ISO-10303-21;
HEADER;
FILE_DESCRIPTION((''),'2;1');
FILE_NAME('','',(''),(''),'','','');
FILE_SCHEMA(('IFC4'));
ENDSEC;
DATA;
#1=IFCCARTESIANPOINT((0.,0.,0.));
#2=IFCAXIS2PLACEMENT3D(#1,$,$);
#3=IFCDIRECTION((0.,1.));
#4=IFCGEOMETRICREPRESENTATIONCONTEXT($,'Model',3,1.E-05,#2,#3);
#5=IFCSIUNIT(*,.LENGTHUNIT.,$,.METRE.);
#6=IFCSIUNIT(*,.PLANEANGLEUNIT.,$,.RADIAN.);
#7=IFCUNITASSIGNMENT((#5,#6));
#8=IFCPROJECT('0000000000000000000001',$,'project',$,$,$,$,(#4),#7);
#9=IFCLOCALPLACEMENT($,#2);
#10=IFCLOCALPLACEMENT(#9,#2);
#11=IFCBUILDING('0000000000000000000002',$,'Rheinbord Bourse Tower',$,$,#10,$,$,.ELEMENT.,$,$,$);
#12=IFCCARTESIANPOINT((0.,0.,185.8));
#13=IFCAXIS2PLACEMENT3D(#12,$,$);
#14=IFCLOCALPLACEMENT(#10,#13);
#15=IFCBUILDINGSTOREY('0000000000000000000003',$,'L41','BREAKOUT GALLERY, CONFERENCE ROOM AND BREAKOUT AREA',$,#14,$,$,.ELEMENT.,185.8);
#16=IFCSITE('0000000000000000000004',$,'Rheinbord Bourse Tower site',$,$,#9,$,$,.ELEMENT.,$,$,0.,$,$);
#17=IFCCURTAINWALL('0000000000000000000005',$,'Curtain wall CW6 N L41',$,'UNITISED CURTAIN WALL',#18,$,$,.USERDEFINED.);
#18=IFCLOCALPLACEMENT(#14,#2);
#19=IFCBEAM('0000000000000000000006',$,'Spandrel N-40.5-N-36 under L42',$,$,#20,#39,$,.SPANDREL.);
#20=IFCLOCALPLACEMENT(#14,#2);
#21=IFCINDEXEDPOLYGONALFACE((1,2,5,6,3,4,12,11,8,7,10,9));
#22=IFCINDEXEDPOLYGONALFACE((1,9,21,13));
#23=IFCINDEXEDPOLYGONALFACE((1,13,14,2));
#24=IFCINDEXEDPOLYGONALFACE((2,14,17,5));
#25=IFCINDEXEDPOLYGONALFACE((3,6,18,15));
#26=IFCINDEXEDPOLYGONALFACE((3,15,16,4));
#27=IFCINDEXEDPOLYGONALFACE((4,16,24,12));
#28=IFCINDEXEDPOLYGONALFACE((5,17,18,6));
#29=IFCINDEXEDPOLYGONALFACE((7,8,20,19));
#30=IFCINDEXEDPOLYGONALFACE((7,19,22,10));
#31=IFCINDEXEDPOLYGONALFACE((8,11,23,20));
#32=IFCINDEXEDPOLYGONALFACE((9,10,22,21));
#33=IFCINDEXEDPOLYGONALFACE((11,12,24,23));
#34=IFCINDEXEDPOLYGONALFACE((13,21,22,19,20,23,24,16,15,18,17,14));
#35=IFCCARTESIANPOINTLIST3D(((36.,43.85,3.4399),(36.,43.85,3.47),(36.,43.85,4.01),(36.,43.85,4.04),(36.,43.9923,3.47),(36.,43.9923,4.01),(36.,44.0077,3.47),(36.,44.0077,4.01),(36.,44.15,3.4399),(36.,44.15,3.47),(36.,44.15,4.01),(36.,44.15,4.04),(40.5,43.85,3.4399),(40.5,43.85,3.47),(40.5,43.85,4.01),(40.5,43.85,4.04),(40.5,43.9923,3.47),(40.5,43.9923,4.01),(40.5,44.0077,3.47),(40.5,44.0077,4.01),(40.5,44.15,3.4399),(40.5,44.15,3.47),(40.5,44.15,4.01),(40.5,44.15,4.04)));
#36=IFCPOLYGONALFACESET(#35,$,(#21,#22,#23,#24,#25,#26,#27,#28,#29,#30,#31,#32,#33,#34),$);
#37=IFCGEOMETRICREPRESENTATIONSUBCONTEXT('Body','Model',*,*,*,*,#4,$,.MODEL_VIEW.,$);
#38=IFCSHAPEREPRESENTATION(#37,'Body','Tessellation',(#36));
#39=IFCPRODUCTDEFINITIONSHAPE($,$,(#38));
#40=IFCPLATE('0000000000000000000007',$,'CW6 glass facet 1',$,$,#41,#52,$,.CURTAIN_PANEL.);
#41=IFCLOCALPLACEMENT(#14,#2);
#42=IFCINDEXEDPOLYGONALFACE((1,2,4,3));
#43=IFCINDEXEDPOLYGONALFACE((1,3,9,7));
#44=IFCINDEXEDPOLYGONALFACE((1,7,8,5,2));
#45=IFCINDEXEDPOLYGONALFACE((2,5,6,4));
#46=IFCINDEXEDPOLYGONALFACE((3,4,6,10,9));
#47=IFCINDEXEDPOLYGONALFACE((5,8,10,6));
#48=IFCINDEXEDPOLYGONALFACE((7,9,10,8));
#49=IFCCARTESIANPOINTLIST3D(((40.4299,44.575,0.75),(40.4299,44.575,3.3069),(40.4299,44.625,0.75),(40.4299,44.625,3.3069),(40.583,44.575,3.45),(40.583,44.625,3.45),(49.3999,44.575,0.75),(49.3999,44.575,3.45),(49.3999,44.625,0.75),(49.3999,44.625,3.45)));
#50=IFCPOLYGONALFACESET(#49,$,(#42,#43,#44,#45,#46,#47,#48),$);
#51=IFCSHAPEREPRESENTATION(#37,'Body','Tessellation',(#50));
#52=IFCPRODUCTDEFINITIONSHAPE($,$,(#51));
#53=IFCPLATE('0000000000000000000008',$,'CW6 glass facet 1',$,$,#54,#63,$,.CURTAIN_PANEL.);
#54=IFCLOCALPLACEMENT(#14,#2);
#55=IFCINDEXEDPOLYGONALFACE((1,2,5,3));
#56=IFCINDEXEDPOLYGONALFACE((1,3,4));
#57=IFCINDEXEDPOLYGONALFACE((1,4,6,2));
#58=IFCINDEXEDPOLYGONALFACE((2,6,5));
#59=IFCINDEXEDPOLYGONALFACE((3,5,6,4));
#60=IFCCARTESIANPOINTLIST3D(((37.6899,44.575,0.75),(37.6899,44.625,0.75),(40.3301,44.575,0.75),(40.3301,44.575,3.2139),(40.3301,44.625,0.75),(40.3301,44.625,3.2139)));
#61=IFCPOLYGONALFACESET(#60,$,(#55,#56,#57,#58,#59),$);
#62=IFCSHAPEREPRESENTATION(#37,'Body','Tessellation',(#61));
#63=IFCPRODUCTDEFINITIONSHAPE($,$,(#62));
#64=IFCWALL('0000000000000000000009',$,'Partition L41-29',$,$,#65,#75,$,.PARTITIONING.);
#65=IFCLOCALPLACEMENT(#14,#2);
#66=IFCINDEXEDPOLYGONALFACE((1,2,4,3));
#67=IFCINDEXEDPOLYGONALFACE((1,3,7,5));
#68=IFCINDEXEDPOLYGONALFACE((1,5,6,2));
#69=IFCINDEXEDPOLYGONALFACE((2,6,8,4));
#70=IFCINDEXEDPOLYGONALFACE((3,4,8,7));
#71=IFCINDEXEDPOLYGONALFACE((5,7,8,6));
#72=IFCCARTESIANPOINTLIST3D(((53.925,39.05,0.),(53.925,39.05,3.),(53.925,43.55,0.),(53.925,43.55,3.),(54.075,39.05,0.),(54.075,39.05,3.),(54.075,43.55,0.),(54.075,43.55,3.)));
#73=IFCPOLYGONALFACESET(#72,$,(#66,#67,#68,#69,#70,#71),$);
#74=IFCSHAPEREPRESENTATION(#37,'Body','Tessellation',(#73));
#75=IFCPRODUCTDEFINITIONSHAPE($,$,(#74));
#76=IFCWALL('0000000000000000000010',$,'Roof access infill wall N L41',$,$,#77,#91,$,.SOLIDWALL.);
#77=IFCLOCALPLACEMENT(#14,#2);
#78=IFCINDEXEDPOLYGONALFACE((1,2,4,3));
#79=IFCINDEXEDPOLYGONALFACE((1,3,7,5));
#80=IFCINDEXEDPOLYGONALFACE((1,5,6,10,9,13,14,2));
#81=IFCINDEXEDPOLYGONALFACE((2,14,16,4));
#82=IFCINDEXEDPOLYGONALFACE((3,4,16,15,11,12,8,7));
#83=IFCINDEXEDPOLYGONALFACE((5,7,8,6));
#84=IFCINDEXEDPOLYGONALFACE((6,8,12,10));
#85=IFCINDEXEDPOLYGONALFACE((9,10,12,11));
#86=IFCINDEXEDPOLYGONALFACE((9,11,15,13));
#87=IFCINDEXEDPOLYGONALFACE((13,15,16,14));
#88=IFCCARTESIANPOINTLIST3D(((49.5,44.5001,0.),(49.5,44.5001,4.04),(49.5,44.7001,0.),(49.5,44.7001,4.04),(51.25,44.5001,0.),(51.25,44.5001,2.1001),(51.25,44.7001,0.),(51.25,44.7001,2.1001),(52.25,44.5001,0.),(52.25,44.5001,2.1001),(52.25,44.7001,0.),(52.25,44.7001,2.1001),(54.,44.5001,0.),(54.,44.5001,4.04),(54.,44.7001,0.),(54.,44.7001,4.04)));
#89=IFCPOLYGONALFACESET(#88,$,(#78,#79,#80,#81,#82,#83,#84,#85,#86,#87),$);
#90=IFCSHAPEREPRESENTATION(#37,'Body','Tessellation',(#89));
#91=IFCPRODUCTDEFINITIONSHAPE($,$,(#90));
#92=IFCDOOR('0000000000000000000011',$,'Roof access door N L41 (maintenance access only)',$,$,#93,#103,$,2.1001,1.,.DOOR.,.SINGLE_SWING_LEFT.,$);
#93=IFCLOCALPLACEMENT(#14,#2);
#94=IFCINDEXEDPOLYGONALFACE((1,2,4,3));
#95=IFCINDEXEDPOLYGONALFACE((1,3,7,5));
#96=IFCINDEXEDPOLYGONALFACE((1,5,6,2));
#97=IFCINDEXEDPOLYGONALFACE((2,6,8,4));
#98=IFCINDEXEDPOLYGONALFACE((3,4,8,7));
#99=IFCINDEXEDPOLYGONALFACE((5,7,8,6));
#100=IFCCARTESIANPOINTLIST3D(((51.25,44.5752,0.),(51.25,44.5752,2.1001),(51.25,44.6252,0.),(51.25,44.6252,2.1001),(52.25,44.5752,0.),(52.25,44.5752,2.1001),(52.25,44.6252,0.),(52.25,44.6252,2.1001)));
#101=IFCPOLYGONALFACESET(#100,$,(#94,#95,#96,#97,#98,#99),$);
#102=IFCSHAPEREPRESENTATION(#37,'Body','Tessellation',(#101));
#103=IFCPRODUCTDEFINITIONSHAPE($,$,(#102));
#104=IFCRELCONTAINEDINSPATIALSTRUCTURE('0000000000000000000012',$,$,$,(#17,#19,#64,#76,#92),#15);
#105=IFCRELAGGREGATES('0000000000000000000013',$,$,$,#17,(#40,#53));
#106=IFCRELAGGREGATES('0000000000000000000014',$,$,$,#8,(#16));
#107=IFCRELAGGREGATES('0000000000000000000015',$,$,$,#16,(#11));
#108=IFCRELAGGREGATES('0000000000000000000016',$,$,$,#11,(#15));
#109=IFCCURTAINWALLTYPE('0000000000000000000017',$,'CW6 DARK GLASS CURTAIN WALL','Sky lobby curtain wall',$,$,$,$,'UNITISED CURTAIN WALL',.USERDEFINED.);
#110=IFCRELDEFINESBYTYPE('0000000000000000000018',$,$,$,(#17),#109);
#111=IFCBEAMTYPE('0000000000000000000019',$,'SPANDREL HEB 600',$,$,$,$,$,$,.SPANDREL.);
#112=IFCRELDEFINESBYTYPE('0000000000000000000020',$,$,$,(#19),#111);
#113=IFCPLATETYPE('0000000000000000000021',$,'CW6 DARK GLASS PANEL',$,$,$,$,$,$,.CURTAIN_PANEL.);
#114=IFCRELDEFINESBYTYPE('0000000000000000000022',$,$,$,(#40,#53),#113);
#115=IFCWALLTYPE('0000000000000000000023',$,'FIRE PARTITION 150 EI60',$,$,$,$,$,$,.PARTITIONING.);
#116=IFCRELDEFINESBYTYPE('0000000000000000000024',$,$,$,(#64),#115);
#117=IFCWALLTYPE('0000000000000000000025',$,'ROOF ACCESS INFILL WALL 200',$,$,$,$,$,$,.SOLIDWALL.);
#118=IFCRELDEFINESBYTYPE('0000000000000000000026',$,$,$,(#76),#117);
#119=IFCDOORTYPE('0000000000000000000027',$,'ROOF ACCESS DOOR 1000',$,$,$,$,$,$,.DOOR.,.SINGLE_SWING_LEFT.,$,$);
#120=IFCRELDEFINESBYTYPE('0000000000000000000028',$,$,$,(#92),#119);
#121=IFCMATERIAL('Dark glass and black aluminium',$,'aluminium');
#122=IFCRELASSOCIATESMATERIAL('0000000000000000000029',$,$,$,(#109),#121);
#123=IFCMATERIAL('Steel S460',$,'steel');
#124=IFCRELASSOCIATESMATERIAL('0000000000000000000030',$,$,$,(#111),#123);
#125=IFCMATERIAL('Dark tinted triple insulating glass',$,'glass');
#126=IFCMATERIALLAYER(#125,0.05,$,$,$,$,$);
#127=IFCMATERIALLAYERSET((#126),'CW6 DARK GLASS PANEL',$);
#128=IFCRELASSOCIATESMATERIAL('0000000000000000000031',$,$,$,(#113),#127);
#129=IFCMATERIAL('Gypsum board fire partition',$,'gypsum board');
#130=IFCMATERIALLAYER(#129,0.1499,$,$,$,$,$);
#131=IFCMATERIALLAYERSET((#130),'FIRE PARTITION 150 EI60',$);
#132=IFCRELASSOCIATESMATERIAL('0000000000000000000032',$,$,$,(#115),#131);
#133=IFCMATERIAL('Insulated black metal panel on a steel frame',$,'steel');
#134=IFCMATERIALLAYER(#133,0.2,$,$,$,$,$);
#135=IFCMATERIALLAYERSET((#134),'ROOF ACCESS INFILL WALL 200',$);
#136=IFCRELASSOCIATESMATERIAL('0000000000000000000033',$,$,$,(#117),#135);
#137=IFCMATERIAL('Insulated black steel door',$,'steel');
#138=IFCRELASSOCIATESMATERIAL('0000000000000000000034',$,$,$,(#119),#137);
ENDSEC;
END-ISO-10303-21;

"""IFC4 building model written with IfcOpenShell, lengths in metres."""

from ifc_helpers import new_model, si_unit, direction, frame, frame_2d, origin, origin_2d, place, context, subcontext, project, spatial, polyline, rectangle, i_section, outline, extrude, material, layer, layer_set, material_profile, profile_set, type_object, element, fill, aggregate, save


model = new_model("IFC4")

# Units and contexts
model_context = context("Model", 3, precision=1e-05, world=origin(), true_north=direction((0.0, 1.0)))
body_context = subcontext(model_context, "Body", "Model", "MODEL_VIEW")
ifc_project = project(units=[si_unit("LENGTHUNIT", "METRE"), si_unit("PLANEANGLEUNIT", "RADIAN")], contexts=[model_context])

# Site, building, storey
site_placement = place(None, origin())
site = spatial("IfcSite", under=ifc_project, at=site_placement, Name="Rheinbord Bourse Tower site", CompositionType="ELEMENT", RefElevation=0.0)
building_placement = place(site_placement, origin())
building = spatial("IfcBuilding", under=site, at=building_placement, Name="Rheinbord Bourse Tower", CompositionType="ELEMENT")
storey_placement = place(building_placement, frame((0.0, 0.0, 185.8)))
storey = spatial("IfcBuildingStorey", under=building, at=storey_placement, Name="L41", Description="BREAKOUT GALLERY, CONFERENCE ROOM AND BREAKOUT AREA", CompositionType="ELEMENT", Elevation=185.8)

# Curtain wall
ifc_material_1 = material(Name="Dark glass and black aluminium", Category="aluminium")
curtain_wall_type = type_object("IfcCurtainWallType", Name="CW6 DARK GLASS CURTAIN WALL", Description="Sky lobby curtain wall", ElementType="UNITISED CURTAIN WALL", PredefinedType="USERDEFINED", material=ifc_material_1)
curtain_wall_1_placement = place(storey_placement, origin())
curtain_wall_1 = element("IfcCurtainWall", 1, at=curtain_wall_1_placement, inside=storey, type_object=curtain_wall_type, Name="Curtain wall CW6 N L41", ObjectType="UNITISED CURTAIN WALL", PredefinedType="USERDEFINED")

# Beam
ifc_material_2 = material(Name="Steel S460", Category="steel")
ifc_material_profile_1 = material_profile(ifc_material_2, i_section(OverallWidth=0.3, OverallDepth=0.6001, WebThickness=0.0154, FlangeThickness=0.03, at=origin_2d()), Name="HEB 600")
ifc_profile_set_1 = profile_set([ifc_material_profile_1], Name="Steel S460")
beam_type_1 = type_object("IfcBeamType", Name="SPANDREL HEB 600", PredefinedType="SPANDREL", material=ifc_profile_set_1)
for number, where, z_axis, x_axis, name in (
    (2, (40.5, 44.0, 3.74), (-1.0, 0.0, 0.0), (0.0, -1.0, 0.0), "Spandrel N-40.5-N-36 under L42"),
):
    element("IfcBeam", number, at=place(storey_placement, frame(where, z_axis=z_axis, x_axis=x_axis)), inside=storey, type_object=beam_type_1, Name=name, PredefinedType="SPANDREL", context=body_context, shape_type="SweptSolid", body=[
        extrude(i_section(OverallWidth=0.3, OverallDepth=0.6001, WebThickness=0.0154, FlangeThickness=0.03, at=origin_2d()), origin(), (0.0, 0.0, 1.0), 4.5),
    ])

# Plates
ifc_material_3 = material(Name="Dark tinted triple insulating glass", Category="glass")
ifc_layer_1 = layer(ifc_material_3, 0.05)
ifc_layer_set_1 = layer_set([ifc_layer_1], Name="CW6 DARK GLASS PANEL")
plate_type = type_object("IfcPlateType", Name="CW6 DARK GLASS PANEL", PredefinedType="CURTAIN_PANEL", material=ifc_layer_set_1)
plate_1_placement = place(storey_placement, frame((40.4299, 44.625, 0.75), z_axis=(0.0, -1.0, 0.0), x_axis=(1.0, 0.0, 0.0)))
plate_1 = element("IfcPlate", 3, at=plate_1_placement, type_object=plate_type, Name="CW6 glass facet 1", PredefinedType="CURTAIN_PANEL", context=body_context, shape_type="SweptSolid", body=[
    extrude(outline(polyline([(0.0, 0.0), (8.97, 0.0), (8.97, 2.7), (0.1531, 2.7), (0.0, 2.5569), (0.0, 0.0)])), origin(), (0.0, 0.0, 1.0), 0.05),
])
plate_2_placement = place(storey_placement, frame((40.3301, 44.625, 0.75), z_axis=(0.0, -1.0, 0.0), x_axis=(0.0, 0.0, 1.0)))
plate_2 = element("IfcPlate", 4, at=plate_2_placement, type_object=plate_type, Name="CW6 glass facet 1", PredefinedType="CURTAIN_PANEL", context=body_context, shape_type="SweptSolid", body=[
    extrude(outline(polyline([(0.0, 0.0), (2.4639, 0.0), (0.0, 2.6401), (0.0, 0.0)])), origin(), (0.0, 0.0, 1.0), 0.05),
])
aggregate(curtain_wall_1, [plate_1, plate_2])

# Wall
ifc_material_4 = material(Name="Gypsum board fire partition", Category="gypsum board")
ifc_layer_2 = layer(ifc_material_4, 0.1499)
ifc_layer_set_2 = layer_set([ifc_layer_2], Name="FIRE PARTITION 150 EI60")
wall_type_1 = type_object("IfcWallType", Name="FIRE PARTITION 150 EI60", PredefinedType="PARTITIONING", material=ifc_layer_set_2)
wall_1_placement = place(storey_placement, frame((54.0, 39.05, 0.0), z_axis=(0.0, 0.0, 1.0), x_axis=(0.0, 1.0, 0.0)))
element("IfcWall", 5, at=wall_1_placement, inside=storey, type_object=wall_type_1, Name="Partition L41-29", PredefinedType="PARTITIONING", context=body_context, shape_type="SweptSolid", body=[
    extrude(rectangle(XDim=4.5, YDim=0.1499, at=frame_2d((2.25, 0.0))), origin(), (0.0, 0.0, 1.0), 3.0),
])

# Wall, opening, door
ifc_material_5 = material(Name="Insulated black metal panel on a steel frame", Category="steel")
ifc_layer_3 = layer(ifc_material_5, 0.2)
ifc_layer_set_3 = layer_set([ifc_layer_3], Name="ROOF ACCESS INFILL WALL 200")
wall_type_2 = type_object("IfcWallType", Name="ROOF ACCESS INFILL WALL 200", PredefinedType="SOLIDWALL", material=ifc_layer_set_3)
wall_2_placement = place(storey_placement, frame((54.0, 44.6001, 0.0), z_axis=(0.0, 0.0, 1.0), x_axis=(-1.0, 0.0, 0.0)))
wall_2 = element("IfcWall", 6, at=wall_2_placement, inside=storey, type_object=wall_type_2, Name="Roof access infill wall N L41", PredefinedType="SOLIDWALL", context=body_context, shape_type="SweptSolid", body=[
    extrude(rectangle(XDim=4.5, YDim=0.2, at=frame_2d((2.25, 0.0))), origin(), (0.0, 0.0, 1.0), 4.04),
])
opening_placement = place(wall_2_placement, frame((1.75, 0.0, 0.0)))
opening = element("IfcOpeningElement", 7, at=opening_placement, cuts=wall_2, PredefinedType="OPENING", context=body_context, shape_type="SweptSolid", body=[
    extrude(rectangle(XDim=1.0, YDim=2.1001, at=frame_2d((0.5, 1.05))), frame((0.0, 0.1099, 0.0), z_axis=(0.0, -1.0, 0.0), x_axis=(1.0, 0.0, 0.0)), (0.0, 0.0, 1.0), 0.22),
])
ifc_material_6 = material(Name="Insulated black steel door", Category="steel")
door_type = type_object("IfcDoorType", Name="ROOF ACCESS DOOR 1000", OperationType="SINGLE_SWING_LEFT", PredefinedType="DOOR", material=ifc_material_6)
door_placement = place(opening_placement, origin())
door = element("IfcDoor", 8, at=door_placement, inside=storey, type_object=door_type, Name="Roof access door N L41 (maintenance access only)", OperationType="SINGLE_SWING_LEFT", OverallHeight=2.1001, OverallWidth=1.0, PredefinedType="DOOR", context=body_context, shape_type="SweptSolid", body=[
    extrude(rectangle(XDim=1.0, YDim=2.1001, at=frame_2d((0.5, 1.05))), frame((0.0, 0.0249, 0.0), z_axis=(0.0, -1.0, 0.0), x_axis=(1.0, 0.0, 0.0)), (0.0, 0.0, 1.0), 0.05),
])
fill(opening, door)

save(model, "model.ifc")
